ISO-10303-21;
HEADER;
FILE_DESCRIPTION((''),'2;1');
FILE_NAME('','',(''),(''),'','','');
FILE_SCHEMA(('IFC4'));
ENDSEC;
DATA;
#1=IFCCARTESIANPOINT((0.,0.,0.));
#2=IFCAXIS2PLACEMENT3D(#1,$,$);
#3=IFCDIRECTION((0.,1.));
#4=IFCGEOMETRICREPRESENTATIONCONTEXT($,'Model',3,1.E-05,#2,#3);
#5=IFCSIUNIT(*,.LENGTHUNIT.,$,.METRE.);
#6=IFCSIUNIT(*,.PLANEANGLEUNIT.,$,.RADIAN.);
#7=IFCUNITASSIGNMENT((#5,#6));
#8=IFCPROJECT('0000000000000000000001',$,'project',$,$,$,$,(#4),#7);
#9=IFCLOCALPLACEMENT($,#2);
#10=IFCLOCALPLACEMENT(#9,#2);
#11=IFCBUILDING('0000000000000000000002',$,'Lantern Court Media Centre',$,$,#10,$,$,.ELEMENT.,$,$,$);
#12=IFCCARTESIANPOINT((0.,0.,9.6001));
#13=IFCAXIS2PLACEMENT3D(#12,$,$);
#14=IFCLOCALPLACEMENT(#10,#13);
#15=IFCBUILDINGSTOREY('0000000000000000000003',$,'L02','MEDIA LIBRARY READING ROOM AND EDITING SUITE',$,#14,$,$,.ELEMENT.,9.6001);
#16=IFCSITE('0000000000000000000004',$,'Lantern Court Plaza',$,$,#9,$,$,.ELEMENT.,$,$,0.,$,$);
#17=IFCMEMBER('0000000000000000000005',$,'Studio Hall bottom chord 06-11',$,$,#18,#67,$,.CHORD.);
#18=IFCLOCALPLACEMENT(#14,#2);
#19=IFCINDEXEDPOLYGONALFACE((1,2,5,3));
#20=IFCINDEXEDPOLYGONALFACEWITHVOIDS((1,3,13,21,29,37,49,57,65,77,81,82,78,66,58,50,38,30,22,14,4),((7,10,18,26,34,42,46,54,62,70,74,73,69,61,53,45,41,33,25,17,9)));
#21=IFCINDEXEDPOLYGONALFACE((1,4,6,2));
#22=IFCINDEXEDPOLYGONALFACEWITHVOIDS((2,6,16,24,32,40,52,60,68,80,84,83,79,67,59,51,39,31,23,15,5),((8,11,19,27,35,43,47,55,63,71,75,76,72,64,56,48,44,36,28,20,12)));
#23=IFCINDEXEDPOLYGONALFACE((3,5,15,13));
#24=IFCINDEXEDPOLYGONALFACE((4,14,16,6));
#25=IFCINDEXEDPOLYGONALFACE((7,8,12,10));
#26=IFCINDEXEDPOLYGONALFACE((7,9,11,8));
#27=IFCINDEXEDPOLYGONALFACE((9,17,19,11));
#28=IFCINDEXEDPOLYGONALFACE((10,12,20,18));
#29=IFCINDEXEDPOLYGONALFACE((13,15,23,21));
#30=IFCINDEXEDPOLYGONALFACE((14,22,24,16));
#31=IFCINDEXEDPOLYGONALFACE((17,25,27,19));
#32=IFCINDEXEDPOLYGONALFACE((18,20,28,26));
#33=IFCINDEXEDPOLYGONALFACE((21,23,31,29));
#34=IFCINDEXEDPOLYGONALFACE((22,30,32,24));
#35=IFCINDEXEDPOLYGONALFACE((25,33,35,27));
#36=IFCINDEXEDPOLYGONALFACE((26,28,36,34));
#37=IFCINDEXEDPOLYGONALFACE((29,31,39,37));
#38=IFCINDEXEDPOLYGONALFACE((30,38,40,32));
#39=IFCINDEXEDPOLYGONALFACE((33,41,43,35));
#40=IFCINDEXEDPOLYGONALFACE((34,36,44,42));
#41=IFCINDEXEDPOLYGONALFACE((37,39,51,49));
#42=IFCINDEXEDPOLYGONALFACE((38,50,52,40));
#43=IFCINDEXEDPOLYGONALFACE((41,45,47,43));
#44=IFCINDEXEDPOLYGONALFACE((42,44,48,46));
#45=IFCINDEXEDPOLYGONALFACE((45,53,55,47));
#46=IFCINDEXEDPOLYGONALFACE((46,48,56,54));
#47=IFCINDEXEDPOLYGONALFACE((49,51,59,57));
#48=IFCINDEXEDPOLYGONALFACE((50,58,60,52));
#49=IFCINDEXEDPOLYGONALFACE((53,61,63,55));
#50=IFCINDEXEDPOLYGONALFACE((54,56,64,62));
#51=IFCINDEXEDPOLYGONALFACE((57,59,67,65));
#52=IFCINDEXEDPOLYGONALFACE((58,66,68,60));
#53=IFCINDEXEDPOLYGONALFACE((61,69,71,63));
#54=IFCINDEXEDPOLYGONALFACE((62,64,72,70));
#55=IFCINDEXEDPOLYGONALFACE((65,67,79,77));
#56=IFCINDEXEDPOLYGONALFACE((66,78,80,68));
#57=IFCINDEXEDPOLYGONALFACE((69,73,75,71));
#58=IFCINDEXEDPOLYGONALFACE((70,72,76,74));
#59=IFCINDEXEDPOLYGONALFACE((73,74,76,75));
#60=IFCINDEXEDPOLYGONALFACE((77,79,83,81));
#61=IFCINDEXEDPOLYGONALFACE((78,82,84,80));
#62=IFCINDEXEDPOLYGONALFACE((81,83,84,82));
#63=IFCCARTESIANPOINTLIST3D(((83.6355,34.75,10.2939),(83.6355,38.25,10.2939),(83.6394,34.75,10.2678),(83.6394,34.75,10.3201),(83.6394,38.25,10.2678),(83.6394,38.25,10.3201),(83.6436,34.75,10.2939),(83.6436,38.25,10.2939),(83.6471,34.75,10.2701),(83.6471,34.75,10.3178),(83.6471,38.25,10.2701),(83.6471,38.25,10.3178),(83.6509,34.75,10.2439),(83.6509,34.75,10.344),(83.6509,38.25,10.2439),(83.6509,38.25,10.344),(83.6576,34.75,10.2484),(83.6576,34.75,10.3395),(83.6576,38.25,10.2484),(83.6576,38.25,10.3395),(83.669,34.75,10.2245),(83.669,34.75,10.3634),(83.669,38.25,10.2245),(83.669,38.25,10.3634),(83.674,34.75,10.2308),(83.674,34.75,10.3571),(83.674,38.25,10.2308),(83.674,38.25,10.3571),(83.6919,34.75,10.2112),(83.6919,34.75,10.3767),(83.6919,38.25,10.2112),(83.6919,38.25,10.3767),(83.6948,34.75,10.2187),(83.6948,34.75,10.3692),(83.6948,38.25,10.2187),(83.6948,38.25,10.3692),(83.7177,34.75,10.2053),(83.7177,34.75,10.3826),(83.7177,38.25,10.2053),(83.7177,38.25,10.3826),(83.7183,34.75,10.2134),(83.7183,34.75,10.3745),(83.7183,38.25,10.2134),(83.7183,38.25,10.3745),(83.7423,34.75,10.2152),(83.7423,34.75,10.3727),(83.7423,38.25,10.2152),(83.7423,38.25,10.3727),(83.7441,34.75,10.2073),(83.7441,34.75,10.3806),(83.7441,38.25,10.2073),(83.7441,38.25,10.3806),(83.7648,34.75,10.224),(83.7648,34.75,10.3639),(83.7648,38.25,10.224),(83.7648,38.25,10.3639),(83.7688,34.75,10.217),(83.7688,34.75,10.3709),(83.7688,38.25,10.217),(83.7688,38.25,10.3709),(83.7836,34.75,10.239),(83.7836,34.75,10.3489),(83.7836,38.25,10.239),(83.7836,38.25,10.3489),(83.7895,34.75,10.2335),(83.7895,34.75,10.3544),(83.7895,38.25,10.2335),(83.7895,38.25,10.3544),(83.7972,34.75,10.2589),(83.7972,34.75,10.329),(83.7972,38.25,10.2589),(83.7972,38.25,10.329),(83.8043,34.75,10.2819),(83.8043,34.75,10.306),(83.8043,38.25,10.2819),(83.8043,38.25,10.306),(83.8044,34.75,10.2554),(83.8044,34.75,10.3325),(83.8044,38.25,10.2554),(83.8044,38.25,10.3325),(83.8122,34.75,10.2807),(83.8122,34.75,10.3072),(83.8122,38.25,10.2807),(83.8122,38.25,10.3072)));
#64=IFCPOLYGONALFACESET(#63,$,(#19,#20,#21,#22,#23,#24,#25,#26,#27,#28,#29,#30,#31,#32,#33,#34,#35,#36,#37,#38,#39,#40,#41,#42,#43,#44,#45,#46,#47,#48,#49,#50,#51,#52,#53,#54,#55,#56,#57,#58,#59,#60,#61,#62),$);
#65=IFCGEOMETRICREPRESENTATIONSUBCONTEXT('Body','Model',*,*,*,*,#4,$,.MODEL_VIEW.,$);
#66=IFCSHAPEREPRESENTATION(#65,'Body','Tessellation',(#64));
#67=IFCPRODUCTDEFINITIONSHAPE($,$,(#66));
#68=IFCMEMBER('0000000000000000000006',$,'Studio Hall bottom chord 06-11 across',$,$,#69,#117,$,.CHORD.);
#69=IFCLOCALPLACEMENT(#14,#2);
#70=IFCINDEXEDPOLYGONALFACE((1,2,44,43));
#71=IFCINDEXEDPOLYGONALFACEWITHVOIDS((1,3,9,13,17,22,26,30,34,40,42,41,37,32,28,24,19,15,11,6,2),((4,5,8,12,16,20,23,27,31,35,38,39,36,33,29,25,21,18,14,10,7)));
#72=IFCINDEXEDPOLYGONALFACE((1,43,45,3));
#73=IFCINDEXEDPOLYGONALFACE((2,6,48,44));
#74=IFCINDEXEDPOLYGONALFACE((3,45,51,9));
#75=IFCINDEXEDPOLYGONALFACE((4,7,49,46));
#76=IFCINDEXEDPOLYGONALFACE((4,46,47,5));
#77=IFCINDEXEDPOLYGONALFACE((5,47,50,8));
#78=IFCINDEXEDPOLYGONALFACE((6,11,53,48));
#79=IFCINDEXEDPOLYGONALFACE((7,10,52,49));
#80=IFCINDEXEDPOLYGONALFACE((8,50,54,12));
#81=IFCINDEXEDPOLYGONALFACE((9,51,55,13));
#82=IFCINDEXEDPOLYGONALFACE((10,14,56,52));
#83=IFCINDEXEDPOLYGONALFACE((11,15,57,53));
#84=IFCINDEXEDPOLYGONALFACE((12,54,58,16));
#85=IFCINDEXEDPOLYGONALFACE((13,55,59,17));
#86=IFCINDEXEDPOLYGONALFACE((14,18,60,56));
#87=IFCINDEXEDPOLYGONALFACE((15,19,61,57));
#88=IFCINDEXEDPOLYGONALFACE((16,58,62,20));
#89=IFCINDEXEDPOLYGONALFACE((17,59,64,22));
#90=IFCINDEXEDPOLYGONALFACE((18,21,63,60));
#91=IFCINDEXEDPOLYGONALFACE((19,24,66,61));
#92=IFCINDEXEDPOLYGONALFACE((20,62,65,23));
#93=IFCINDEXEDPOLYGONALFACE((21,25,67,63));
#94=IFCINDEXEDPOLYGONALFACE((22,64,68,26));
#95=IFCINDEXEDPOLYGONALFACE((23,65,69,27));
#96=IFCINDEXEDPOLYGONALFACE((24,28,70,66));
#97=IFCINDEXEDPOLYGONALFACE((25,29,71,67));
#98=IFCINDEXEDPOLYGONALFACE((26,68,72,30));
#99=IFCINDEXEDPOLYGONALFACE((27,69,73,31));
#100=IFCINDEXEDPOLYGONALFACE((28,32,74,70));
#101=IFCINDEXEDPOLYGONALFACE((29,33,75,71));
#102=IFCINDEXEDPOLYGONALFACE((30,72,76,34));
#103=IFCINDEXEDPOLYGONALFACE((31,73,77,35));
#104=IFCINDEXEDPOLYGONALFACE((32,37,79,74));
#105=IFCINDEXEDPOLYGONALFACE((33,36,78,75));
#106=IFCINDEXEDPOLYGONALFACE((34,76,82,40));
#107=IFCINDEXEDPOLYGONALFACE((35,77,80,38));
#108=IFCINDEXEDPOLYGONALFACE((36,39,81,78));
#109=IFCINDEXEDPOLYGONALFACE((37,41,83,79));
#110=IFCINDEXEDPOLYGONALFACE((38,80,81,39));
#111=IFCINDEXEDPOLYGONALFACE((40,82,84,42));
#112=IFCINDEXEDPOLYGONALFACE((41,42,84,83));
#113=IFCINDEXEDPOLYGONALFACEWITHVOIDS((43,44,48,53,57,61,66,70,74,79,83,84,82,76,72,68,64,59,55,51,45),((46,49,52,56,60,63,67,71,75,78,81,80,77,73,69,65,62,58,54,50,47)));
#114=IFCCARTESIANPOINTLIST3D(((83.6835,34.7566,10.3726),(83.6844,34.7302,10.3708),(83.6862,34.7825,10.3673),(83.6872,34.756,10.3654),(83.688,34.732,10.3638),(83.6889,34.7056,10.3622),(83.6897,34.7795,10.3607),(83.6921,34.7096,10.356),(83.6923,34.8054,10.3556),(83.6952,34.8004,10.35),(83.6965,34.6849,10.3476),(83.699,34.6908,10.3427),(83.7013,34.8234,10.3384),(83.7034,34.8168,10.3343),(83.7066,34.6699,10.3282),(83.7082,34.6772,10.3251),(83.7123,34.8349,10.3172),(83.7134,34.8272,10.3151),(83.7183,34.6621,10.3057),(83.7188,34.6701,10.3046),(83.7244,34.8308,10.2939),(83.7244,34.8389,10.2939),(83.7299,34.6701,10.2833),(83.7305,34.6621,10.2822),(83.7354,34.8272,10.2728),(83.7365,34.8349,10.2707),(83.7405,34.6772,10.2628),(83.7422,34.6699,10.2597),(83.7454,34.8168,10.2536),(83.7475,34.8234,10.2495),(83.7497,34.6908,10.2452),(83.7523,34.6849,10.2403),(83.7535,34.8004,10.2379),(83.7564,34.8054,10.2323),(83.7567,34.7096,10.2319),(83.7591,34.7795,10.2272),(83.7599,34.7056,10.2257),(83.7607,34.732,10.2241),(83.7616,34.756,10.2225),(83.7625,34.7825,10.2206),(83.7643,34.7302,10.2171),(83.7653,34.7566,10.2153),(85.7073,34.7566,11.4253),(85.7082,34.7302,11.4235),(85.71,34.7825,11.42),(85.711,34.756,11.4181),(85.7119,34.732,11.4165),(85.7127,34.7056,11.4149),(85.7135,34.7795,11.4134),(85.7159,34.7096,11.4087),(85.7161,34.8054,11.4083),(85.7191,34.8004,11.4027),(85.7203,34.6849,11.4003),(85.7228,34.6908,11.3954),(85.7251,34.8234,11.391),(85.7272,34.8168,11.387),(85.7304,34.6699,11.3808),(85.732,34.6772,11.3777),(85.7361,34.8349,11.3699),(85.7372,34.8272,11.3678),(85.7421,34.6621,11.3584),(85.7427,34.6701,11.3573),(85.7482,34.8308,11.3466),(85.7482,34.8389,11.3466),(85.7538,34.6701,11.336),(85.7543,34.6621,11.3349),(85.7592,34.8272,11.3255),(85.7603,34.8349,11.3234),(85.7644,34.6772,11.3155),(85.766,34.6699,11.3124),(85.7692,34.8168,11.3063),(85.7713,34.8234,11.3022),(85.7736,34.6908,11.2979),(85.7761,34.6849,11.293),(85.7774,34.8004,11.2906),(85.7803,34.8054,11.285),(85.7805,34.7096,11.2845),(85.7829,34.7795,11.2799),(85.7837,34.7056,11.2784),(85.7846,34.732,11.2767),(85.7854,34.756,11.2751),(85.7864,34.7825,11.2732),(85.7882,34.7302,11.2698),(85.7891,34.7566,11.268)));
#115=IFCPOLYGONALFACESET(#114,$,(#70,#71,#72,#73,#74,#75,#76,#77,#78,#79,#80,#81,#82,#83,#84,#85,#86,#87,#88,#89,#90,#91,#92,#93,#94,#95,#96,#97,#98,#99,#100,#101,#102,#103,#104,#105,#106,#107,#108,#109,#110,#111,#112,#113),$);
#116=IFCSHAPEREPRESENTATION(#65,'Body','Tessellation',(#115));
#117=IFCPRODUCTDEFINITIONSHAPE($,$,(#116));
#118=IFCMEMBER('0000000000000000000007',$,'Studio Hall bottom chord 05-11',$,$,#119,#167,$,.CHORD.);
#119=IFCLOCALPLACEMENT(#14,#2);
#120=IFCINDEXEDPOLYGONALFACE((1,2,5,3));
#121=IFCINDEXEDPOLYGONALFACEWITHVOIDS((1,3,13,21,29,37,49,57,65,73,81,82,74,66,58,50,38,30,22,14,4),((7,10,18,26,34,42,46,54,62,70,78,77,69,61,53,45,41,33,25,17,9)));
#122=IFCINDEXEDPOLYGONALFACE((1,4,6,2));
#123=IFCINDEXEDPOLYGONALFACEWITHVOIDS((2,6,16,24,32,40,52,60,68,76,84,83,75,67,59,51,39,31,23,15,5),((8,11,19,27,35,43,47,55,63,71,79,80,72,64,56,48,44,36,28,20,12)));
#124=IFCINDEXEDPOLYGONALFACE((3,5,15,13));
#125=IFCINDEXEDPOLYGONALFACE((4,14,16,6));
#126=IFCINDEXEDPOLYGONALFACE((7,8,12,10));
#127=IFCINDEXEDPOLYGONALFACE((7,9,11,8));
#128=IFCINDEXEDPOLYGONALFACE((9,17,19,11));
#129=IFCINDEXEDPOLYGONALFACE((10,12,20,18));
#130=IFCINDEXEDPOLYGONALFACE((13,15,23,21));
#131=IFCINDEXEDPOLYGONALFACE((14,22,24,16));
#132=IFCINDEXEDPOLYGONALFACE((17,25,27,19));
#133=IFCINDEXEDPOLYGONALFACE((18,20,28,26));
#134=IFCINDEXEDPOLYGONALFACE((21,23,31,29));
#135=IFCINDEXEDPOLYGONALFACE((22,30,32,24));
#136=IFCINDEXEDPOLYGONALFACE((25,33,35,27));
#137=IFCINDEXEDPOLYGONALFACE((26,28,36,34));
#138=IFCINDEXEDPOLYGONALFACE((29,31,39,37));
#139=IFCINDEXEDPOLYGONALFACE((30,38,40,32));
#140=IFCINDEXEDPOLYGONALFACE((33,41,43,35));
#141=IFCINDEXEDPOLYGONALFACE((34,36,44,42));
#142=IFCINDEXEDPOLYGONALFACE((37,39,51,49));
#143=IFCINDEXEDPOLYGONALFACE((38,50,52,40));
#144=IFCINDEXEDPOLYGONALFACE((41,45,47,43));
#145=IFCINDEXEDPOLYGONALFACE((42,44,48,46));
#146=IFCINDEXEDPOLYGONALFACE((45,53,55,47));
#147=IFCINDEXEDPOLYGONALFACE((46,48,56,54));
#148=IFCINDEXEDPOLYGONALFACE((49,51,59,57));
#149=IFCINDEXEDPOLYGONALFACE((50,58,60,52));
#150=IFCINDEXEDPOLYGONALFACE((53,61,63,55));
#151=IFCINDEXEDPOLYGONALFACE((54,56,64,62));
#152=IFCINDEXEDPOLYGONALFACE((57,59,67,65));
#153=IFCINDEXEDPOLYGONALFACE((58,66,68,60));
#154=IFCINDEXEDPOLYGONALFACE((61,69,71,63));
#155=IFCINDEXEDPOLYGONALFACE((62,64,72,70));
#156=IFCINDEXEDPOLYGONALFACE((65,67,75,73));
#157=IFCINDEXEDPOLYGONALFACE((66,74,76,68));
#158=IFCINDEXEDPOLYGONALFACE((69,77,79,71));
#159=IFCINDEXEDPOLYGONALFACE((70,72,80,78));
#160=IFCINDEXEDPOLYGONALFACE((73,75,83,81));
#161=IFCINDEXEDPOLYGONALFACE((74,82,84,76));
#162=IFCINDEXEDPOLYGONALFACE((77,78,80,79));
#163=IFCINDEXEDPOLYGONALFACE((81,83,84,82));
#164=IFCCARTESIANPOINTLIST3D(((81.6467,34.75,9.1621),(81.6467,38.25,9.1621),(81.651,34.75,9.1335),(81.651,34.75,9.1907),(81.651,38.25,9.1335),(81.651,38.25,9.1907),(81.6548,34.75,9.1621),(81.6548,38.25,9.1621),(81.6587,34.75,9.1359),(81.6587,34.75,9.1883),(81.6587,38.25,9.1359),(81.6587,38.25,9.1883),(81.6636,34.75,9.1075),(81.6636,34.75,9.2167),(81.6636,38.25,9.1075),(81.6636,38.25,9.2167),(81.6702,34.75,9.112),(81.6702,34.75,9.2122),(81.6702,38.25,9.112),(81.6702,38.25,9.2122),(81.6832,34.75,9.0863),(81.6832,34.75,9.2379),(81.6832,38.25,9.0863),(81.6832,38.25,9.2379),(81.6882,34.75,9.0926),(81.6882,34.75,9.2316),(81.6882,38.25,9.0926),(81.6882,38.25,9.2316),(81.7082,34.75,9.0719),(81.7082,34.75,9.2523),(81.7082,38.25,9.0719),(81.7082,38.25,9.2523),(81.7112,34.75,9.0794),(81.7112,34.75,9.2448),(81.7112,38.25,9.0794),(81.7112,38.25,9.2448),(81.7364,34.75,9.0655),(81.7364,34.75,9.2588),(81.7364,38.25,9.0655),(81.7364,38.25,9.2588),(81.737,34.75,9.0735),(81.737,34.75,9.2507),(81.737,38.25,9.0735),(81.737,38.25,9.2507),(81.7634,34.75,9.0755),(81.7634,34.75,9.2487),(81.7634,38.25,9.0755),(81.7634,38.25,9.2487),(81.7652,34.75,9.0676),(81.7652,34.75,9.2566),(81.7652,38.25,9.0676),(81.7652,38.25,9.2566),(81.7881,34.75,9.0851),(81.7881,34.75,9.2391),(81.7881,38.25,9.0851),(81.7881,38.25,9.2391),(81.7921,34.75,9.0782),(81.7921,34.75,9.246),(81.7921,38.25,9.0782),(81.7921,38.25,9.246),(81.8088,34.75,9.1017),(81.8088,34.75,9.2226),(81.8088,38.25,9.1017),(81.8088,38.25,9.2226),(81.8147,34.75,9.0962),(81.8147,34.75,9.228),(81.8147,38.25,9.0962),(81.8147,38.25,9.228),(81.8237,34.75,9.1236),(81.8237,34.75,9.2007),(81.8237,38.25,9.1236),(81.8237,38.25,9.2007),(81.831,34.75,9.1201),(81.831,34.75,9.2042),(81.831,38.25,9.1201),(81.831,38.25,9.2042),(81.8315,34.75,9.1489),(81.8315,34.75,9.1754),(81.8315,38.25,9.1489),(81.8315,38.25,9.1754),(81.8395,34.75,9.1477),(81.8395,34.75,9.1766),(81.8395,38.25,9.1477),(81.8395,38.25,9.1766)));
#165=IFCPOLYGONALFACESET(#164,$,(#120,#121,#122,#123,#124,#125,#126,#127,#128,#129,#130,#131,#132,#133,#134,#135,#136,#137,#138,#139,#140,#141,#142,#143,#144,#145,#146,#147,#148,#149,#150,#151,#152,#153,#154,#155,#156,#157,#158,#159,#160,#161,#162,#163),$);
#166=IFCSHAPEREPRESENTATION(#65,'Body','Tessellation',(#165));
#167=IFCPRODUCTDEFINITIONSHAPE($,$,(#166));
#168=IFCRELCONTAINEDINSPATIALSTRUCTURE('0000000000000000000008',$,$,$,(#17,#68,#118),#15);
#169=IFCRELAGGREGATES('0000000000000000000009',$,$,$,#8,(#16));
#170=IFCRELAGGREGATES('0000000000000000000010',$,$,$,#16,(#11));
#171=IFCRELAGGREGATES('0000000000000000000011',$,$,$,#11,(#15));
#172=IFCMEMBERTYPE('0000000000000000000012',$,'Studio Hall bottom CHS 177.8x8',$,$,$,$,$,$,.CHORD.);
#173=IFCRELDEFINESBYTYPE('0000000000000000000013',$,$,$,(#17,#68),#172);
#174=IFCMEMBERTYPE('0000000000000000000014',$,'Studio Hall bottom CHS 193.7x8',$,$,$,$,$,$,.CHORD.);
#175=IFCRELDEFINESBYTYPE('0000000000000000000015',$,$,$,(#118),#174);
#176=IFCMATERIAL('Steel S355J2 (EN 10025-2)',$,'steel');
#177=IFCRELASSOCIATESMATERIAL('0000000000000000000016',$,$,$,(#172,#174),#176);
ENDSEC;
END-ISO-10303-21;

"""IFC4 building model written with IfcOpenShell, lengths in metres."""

from ifc_helpers import new_model, si_unit, direction, frame, origin, origin_2d, place, context, subcontext, project, spatial, hollow_circle, extrude, material, material_profile, profile_set, type_object, element, save


model = new_model("IFC4")

# Units and contexts
model_context = context("Model", 3, precision=1e-05, world=origin(), true_north=direction((0.0, 1.0)))
body_context = subcontext(model_context, "Body", "Model", "MODEL_VIEW")
ifc_project = project(units=[si_unit("LENGTHUNIT", "METRE"), si_unit("PLANEANGLEUNIT", "RADIAN")], contexts=[model_context])

# Site, building, storey
site_placement = place(None, origin())
site = spatial("IfcSite", under=ifc_project, at=site_placement, Name="Lantern Court Plaza", CompositionType="ELEMENT", RefElevation=0.0)
building_placement = place(site_placement, origin())
building = spatial("IfcBuilding", under=site, at=building_placement, Name="Lantern Court Media Centre", CompositionType="ELEMENT")
storey_placement = place(building_placement, frame((0.0, 0.0, 9.6001)))
storey = spatial("IfcBuildingStorey", under=building, at=storey_placement, Name="L02", Description="MEDIA LIBRARY READING ROOM AND EDITING SUITE", CompositionType="ELEMENT", Elevation=9.6001)

# Members
ifc_material = material(Name="Steel S355J2 (EN 10025-2)", Category="steel")
ifc_material_profile_1 = material_profile(ifc_material, hollow_circle(Radius=0.0889, WallThickness=0.0081, at=origin_2d()), Name="Studio Hall bottom CHS 177.8x8")
ifc_profile_set_1 = profile_set([ifc_material_profile_1], Name="Steel S355J2 (EN 10025-2)")
member_type_1 = type_object("IfcMemberType", Name="Studio Hall bottom CHS 177.8x8", PredefinedType="CHORD", material=ifc_profile_set_1)
member_1_placement = place(storey_placement, frame((83.7244, 34.75, 10.2939), z_axis=(0.0, 1.0, 0.0), x_axis=(-1.0, 0.0, 0.0)))
element("IfcMember", 1, at=member_1_placement, inside=storey, type_object=member_type_1, Name="Studio Hall bottom chord 06-11", PredefinedType="CHORD", context=body_context, shape_type="SweptSolid", body=[
    extrude(hollow_circle(Radius=0.0889, WallThickness=0.0081, at=origin_2d()), origin(), (0.0, 0.0, 1.0), 3.5),
])
member_2_placement = place(storey_placement, frame((83.7244, 34.75, 10.2939), z_axis=(0.887164, 0.0, 0.461454), x_axis=(0.0, 1.0, 0.0)))
element("IfcMember", 2, at=member_2_placement, inside=storey, type_object=member_type_1, Name="Studio Hall bottom chord 06-11 across", PredefinedType="CHORD", context=body_context, shape_type="SweptSolid", body=[
    extrude(hollow_circle(Radius=0.0889, WallThickness=0.0081, at=origin_2d()), origin(), (0.0, 0.0, 1.0), 2.2812),
])
ifc_material_profile_2 = material_profile(ifc_material, hollow_circle(Radius=0.0969, WallThickness=0.0081, at=origin_2d()), Name="Studio Hall bottom CHS 193.7x8")
ifc_profile_set_2 = profile_set([ifc_material_profile_2], Name="Steel S355J2 (EN 10025-2)")
member_type_2 = type_object("IfcMemberType", Name="Studio Hall bottom CHS 193.7x8", PredefinedType="CHORD", material=ifc_profile_set_2)
member_3_placement = place(storey_placement, frame((81.7437, 34.75, 9.1621), z_axis=(0.0, 1.0, 0.0), x_axis=(-1.0, 0.0, 0.0)))
element("IfcMember", 3, at=member_3_placement, inside=storey, type_object=member_type_2, Name="Studio Hall bottom chord 05-11", PredefinedType="CHORD", context=body_context, shape_type="SweptSolid", body=[
    extrude(hollow_circle(Radius=0.0969, WallThickness=0.0081, at=origin_2d()), origin(), (0.0, 0.0, 1.0), 3.5),
])

save(model, "model.ifc")
